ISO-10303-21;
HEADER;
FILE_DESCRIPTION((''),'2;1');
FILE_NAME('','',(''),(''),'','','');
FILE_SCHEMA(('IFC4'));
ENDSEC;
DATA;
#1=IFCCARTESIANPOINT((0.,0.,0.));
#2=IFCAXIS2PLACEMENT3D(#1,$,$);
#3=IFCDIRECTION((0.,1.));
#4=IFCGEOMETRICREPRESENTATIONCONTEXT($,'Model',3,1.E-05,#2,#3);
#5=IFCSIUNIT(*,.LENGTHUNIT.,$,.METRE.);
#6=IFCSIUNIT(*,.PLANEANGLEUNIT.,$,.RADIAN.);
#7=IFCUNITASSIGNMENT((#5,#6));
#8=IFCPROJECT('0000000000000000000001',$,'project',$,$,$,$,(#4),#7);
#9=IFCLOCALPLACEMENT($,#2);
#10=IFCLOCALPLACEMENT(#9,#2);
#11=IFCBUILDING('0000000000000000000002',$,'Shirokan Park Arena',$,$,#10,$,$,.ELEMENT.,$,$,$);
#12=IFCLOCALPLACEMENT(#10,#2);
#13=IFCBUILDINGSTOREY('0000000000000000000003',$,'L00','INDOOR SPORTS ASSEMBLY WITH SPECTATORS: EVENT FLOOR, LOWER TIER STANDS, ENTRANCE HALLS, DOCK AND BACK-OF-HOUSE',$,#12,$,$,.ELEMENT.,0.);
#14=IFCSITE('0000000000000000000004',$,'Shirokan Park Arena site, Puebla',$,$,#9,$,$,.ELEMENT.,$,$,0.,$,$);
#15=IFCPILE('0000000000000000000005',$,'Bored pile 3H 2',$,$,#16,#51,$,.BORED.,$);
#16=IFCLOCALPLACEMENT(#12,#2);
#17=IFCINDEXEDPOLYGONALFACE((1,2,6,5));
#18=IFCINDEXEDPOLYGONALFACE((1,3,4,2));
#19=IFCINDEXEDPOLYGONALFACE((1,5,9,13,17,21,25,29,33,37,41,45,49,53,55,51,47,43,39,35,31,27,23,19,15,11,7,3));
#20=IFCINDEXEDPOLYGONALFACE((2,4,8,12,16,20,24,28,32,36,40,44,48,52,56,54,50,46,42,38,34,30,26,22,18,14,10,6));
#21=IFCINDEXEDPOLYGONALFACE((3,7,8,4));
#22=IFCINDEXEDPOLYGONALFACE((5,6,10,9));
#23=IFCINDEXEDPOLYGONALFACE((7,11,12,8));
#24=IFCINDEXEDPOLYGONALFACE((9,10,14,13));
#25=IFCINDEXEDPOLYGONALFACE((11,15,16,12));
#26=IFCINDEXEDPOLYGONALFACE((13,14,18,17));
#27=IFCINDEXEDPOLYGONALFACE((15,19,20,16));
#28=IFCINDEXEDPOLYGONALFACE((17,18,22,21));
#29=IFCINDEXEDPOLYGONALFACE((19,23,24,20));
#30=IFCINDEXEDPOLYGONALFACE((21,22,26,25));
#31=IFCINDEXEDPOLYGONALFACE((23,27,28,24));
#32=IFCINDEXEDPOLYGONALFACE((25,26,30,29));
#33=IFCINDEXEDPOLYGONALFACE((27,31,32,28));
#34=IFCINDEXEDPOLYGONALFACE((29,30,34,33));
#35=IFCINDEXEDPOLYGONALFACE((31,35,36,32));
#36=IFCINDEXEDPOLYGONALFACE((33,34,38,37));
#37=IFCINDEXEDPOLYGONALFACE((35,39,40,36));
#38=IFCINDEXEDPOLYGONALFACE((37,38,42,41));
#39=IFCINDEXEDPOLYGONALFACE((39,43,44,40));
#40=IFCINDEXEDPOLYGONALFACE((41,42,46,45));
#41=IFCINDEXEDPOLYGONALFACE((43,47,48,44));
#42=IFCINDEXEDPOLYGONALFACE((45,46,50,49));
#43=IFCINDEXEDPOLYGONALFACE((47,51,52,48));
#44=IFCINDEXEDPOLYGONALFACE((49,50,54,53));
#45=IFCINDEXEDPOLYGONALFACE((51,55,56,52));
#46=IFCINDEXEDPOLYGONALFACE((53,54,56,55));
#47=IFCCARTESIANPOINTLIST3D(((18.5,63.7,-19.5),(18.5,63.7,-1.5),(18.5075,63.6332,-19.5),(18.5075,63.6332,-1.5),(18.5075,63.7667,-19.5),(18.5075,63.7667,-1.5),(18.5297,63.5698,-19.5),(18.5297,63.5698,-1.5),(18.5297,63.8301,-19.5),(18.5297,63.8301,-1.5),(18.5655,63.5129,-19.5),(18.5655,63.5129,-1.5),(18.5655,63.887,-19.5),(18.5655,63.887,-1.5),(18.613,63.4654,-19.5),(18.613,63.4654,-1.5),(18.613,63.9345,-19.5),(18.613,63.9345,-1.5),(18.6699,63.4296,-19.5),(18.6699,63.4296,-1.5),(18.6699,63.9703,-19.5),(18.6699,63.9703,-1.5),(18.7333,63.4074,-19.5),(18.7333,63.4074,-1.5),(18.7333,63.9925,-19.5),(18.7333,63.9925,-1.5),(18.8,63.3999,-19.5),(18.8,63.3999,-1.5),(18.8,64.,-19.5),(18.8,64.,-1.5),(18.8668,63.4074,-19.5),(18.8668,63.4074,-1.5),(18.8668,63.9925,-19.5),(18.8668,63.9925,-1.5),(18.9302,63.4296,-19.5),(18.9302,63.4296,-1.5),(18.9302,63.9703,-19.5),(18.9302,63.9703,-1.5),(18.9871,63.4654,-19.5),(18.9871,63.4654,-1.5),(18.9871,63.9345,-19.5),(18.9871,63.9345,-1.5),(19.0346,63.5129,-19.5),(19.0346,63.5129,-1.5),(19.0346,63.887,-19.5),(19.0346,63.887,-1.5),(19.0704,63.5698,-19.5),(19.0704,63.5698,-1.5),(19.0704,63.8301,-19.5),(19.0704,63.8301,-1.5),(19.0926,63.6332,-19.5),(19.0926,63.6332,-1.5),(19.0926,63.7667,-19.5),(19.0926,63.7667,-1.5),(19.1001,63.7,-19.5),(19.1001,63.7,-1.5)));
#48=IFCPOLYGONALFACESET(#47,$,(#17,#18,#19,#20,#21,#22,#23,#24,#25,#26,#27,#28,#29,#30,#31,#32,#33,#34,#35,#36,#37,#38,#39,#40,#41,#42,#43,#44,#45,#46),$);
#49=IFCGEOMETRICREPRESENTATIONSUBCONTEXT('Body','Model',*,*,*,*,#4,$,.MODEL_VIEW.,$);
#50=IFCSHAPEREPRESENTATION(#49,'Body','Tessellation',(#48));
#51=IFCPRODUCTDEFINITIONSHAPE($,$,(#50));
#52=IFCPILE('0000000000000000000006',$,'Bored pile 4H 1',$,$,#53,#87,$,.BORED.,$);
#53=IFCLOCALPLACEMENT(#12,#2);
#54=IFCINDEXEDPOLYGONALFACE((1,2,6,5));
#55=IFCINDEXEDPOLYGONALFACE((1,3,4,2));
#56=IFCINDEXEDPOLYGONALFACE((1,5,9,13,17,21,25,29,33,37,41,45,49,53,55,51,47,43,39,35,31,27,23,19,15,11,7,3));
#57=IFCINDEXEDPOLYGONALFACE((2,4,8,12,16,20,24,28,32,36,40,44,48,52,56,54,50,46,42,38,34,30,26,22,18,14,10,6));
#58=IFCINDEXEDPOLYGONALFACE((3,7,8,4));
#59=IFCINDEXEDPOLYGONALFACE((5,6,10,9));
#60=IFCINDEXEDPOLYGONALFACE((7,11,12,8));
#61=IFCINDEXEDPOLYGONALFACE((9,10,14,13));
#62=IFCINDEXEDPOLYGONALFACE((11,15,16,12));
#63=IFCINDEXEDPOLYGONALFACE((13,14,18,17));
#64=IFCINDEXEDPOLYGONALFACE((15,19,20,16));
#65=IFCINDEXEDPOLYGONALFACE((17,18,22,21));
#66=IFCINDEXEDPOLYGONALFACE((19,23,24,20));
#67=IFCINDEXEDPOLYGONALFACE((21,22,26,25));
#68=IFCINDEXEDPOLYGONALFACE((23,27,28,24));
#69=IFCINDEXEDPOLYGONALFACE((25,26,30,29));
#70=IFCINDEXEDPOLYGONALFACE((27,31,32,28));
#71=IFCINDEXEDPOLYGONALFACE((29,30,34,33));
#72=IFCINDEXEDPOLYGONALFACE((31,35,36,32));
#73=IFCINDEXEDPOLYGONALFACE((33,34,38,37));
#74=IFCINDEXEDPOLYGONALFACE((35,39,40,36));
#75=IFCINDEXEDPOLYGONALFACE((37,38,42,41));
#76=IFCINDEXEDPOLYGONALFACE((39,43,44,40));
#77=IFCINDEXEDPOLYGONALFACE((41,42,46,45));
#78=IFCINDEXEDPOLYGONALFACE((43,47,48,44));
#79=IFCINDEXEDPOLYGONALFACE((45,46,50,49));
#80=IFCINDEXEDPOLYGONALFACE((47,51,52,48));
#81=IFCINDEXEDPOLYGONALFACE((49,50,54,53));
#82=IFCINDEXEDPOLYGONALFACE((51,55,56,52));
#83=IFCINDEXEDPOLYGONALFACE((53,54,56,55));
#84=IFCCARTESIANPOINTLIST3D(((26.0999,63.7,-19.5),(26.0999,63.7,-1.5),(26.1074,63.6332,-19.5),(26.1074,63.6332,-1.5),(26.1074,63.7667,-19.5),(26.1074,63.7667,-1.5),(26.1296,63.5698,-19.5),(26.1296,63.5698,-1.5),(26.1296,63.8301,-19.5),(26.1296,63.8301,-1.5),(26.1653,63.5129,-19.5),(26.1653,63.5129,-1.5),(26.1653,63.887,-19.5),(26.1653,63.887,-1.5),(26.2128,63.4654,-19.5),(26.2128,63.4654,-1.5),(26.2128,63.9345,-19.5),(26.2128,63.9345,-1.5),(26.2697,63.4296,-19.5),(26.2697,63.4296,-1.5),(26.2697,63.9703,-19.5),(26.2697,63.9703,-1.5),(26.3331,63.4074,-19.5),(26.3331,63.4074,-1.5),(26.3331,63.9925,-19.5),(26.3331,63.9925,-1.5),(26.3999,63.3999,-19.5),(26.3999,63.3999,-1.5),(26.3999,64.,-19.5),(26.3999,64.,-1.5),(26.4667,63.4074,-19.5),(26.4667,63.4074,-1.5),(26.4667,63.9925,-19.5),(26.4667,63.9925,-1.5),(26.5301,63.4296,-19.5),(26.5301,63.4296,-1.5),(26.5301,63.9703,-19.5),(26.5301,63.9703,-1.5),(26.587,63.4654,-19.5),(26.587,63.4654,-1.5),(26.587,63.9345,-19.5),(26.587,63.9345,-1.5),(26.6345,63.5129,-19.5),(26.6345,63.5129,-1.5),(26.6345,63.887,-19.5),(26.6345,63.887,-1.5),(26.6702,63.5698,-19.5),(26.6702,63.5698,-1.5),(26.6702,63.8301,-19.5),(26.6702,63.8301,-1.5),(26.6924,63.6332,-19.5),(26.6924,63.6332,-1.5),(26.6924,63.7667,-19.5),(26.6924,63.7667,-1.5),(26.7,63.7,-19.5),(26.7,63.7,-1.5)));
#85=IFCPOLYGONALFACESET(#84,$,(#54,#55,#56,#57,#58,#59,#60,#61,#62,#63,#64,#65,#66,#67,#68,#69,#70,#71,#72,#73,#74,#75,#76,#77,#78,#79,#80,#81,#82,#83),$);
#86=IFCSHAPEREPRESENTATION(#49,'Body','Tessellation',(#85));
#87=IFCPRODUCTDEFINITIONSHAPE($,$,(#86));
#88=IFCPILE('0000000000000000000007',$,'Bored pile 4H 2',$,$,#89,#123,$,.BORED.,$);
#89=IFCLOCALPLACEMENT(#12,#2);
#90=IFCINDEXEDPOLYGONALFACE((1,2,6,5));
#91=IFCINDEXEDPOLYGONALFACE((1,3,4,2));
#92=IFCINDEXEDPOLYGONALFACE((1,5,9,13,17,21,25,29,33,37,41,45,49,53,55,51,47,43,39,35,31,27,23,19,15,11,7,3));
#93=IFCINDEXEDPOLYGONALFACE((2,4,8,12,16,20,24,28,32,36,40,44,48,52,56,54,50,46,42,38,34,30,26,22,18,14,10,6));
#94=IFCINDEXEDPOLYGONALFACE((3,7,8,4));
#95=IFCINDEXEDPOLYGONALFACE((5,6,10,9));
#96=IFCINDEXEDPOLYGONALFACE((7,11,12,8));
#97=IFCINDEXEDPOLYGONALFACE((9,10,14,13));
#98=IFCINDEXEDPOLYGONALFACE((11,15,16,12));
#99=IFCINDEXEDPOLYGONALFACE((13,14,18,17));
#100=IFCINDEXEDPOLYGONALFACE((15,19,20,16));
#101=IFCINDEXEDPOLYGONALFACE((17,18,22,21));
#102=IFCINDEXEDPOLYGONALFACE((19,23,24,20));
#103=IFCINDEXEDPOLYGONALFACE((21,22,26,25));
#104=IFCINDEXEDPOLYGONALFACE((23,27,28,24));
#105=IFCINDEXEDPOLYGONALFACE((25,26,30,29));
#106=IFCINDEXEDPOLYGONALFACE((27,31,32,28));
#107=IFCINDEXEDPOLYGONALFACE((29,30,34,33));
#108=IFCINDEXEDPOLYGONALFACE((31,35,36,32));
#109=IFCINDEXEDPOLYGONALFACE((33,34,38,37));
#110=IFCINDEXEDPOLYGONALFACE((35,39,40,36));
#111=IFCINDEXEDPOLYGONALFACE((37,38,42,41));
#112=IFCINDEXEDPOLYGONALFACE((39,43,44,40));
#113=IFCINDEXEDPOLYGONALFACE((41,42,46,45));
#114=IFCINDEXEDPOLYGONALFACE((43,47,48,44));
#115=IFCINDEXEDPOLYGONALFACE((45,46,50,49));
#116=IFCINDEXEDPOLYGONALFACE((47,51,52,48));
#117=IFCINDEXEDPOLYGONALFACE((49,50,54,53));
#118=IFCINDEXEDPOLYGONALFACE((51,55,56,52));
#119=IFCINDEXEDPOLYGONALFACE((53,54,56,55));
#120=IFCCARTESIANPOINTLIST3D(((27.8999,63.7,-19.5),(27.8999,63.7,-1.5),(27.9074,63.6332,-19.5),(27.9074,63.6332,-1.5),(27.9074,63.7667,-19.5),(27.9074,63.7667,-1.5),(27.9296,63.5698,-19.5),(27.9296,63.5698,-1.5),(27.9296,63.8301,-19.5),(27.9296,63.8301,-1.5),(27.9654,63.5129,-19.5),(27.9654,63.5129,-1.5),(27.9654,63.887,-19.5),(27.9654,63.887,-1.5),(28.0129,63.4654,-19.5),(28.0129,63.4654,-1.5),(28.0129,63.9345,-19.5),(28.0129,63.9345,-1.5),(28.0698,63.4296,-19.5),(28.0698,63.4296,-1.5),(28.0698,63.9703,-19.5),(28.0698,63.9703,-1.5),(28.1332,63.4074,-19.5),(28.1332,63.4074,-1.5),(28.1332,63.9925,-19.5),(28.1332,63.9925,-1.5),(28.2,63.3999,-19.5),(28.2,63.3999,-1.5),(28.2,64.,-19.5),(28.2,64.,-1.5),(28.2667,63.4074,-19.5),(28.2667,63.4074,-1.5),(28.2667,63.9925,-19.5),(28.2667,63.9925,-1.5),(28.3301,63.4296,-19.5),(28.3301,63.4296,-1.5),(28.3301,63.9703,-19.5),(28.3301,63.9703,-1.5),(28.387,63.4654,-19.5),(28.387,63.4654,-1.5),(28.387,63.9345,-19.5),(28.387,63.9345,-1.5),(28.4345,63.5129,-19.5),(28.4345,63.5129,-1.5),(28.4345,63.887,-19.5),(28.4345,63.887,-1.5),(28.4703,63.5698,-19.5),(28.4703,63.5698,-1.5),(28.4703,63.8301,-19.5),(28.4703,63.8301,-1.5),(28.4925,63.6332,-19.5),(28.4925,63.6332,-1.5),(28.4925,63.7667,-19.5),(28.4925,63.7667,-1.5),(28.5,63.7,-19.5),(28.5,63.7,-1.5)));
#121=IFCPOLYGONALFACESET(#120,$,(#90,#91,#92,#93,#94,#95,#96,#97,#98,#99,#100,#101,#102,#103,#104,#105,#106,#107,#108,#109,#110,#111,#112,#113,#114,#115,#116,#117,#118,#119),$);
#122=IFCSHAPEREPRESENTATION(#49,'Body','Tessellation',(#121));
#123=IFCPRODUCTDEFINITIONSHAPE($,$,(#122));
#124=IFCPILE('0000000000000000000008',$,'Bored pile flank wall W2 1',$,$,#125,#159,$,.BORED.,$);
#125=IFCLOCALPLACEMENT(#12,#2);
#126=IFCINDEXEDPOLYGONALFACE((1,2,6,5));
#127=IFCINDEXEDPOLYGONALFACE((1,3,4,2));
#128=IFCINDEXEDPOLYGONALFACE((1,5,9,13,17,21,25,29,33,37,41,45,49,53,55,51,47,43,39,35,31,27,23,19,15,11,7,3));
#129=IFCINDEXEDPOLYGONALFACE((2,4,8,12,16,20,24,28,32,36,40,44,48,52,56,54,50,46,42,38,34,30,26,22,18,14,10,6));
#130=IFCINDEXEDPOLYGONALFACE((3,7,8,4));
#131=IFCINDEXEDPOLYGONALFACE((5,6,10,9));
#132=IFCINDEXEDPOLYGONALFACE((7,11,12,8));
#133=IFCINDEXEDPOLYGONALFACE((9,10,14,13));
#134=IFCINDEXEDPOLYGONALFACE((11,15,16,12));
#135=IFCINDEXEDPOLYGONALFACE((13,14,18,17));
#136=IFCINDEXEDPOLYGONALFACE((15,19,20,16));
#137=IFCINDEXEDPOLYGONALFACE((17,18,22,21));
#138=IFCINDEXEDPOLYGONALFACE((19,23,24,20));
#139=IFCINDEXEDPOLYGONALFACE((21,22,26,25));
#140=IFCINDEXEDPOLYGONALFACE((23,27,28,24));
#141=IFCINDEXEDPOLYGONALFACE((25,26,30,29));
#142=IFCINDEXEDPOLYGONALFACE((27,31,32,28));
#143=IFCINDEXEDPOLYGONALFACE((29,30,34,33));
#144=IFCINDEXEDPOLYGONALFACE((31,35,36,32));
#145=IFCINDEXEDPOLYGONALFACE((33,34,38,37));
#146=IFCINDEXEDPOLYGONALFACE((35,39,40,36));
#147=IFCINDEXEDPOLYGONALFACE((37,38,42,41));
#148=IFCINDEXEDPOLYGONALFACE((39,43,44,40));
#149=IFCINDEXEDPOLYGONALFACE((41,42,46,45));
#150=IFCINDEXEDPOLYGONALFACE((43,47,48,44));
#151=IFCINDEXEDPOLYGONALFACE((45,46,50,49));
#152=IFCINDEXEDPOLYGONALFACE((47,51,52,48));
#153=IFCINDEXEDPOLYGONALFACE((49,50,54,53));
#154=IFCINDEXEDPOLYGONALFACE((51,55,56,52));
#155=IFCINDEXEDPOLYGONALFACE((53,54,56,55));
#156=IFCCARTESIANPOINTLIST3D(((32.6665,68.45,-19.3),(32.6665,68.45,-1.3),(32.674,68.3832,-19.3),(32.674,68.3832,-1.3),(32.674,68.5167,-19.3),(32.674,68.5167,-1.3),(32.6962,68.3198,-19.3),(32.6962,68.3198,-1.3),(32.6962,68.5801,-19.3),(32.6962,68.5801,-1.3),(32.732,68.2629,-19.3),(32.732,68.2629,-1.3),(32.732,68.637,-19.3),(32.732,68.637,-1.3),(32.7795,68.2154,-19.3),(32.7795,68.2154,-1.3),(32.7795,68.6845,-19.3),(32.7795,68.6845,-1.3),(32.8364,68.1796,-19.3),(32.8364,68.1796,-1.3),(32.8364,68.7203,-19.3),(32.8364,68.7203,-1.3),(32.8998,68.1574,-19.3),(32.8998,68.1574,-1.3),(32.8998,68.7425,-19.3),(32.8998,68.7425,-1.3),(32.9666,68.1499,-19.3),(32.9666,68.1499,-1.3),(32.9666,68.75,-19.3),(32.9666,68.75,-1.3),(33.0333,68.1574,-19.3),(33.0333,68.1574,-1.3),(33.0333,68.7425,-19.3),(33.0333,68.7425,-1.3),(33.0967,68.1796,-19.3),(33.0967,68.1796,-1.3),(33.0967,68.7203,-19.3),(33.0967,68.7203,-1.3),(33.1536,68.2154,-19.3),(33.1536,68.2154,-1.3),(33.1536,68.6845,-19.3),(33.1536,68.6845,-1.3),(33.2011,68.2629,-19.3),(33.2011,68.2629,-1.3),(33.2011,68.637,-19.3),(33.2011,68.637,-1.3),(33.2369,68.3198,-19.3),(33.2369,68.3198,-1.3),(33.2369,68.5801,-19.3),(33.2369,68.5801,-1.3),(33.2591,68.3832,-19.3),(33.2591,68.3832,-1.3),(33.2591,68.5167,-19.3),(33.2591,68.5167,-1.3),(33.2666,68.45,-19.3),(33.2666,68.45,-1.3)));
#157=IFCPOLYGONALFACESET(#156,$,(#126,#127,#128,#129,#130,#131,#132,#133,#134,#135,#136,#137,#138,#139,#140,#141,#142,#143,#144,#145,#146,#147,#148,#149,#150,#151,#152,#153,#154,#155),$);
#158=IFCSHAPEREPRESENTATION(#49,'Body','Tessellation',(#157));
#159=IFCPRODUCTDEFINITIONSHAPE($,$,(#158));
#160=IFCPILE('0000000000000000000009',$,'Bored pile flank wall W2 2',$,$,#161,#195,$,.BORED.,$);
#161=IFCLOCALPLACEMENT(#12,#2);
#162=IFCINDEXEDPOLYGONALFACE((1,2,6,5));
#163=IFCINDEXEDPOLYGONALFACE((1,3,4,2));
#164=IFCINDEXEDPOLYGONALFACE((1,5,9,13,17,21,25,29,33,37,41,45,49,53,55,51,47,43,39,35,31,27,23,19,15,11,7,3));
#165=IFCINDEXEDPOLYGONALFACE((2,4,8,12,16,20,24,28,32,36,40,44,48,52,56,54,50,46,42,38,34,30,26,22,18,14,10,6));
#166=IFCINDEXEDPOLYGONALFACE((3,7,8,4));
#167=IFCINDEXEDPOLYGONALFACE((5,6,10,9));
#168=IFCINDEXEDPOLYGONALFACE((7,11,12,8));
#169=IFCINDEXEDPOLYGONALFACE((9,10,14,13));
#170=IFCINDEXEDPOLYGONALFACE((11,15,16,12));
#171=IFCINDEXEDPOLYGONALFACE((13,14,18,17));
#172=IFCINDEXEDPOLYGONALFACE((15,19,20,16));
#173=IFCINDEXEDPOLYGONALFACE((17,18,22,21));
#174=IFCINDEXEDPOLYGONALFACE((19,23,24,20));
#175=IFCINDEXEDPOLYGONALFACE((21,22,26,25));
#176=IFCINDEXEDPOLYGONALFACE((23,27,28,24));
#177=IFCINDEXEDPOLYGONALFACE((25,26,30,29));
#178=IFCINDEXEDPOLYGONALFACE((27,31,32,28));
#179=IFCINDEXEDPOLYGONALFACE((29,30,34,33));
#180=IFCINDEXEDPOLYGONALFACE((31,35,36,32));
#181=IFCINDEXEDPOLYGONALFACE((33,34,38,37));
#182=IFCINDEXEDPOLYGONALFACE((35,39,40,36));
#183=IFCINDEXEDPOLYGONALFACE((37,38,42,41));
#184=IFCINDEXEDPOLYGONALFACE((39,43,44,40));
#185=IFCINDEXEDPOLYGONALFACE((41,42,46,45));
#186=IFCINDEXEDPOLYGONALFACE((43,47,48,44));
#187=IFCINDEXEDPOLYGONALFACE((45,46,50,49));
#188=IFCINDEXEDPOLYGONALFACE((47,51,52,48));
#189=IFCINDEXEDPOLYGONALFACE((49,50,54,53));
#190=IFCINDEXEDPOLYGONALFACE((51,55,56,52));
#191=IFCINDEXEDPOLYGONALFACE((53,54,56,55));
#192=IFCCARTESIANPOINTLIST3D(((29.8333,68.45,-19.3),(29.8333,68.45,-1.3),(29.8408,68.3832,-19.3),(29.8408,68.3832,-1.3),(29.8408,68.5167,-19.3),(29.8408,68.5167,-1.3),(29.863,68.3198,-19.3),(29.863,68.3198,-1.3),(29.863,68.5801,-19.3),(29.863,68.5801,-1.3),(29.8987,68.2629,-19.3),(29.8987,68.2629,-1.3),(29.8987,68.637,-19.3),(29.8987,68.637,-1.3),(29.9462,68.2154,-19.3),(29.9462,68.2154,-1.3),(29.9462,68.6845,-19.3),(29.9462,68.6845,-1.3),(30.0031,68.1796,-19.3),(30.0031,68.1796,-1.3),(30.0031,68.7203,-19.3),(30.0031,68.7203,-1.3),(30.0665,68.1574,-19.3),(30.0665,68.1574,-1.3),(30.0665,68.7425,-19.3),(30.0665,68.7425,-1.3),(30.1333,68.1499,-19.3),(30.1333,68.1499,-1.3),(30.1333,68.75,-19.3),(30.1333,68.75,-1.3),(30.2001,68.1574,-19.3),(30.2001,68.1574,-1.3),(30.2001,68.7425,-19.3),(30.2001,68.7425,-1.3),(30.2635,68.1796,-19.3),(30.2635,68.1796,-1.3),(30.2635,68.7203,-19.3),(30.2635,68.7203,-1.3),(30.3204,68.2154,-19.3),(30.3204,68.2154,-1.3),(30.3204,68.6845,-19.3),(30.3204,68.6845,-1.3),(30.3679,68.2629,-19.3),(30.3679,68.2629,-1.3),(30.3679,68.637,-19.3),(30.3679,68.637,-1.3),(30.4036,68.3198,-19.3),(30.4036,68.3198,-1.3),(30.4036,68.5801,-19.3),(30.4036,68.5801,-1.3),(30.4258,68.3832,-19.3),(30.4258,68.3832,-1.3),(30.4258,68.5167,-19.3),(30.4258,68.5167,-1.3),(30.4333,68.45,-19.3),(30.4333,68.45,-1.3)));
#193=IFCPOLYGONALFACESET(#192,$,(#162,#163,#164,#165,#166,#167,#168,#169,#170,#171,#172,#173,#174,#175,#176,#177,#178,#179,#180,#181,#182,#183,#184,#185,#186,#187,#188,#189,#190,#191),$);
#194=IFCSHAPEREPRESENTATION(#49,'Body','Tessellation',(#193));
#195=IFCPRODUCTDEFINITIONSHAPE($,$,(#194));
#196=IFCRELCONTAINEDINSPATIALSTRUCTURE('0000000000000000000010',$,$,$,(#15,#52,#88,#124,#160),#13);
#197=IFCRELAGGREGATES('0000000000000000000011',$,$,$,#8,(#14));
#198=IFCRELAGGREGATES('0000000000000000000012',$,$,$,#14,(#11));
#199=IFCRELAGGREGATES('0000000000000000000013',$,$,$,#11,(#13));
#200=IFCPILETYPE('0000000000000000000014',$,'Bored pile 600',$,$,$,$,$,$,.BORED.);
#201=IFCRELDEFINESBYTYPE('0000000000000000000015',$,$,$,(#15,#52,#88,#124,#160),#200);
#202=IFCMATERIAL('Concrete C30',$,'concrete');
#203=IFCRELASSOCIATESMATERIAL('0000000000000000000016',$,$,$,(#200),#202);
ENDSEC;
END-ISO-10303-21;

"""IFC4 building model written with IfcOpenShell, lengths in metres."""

from ifc_helpers import new_model, si_unit, direction, frame, origin, origin_2d, place, context, subcontext, project, spatial, circle, extrude, material, material_profile, profile_set, type_object, element, save


model = new_model("IFC4")

# Units and contexts
model_context = context("Model", 3, precision=1e-05, world=origin(), true_north=direction((0.0, 1.0)))
body_context = subcontext(model_context, "Body", "Model", "MODEL_VIEW")
ifc_project = project(units=[si_unit("LENGTHUNIT", "METRE"), si_unit("PLANEANGLEUNIT", "RADIAN")], contexts=[model_context])

# Site, building, storey
site_placement = place(None, origin())
site = spatial("IfcSite", under=ifc_project, at=site_placement, Name="Shirokan Park Arena site, Puebla", CompositionType="ELEMENT", RefElevation=0.0)
building_placement = place(site_placement, origin())
building = spatial("IfcBuilding", under=site, at=building_placement, Name="Shirokan Park Arena", CompositionType="ELEMENT")
storey_placement = place(building_placement, origin())
storey = spatial("IfcBuildingStorey", under=building, at=storey_placement, Name="L00", Description="INDOOR SPORTS ASSEMBLY WITH SPECTATORS: EVENT FLOOR, LOWER TIER STANDS, ENTRANCE HALLS, DOCK AND BACK-OF-HOUSE", CompositionType="ELEMENT", Elevation=0.0)

# Piles
ifc_material_1 = material(Name="Concrete C30", Category="concrete")
ifc_material_profile_1 = material_profile(ifc_material_1, circle(Radius=0.3, at=origin_2d()), Name="D600")
ifc_profile_set_1 = profile_set([ifc_material_profile_1], Name="Concrete C30")
pile_type_1 = type_object("IfcPileType", Name="Bored pile 600", PredefinedType="BORED", material=ifc_profile_set_1)
for number, where, z_axis, x_axis, name in (
    (1, (18.8, 63.7, -1.5), (0.0, 0.0, -1.0), (1.0, 0.0, 0.0), "Bored pile 3H 2"),
    (2, (26.3999, 63.7, -1.5), (0.0, 0.0, -1.0), (1.0, 0.0, 0.0), "Bored pile 4H 1"),
    (3, (28.2, 63.7, -1.5), (0.0, 0.0, -1.0), (1.0, 0.0, 0.0), "Bored pile 4H 2"),
    (4, (32.9666, 68.45, -1.3), (0.0, 0.0, -1.0), (1.0, 0.0, 0.0), "Bored pile flank wall W2 1"),
    (5, (30.1333, 68.45, -1.3), (0.0, 0.0, -1.0), (1.0, 0.0, 0.0), "Bored pile flank wall W2 2"),
):
    element("IfcPile", number, at=place(storey_placement, frame(where, z_axis=z_axis, x_axis=x_axis)), inside=storey, type_object=pile_type_1, Name=name, PredefinedType="BORED", context=body_context, shape_type="SweptSolid", body=[
        extrude(circle(Radius=0.3, at=origin_2d()), origin(), (0.0, 0.0, 1.0), 18.0),
    ])

save(model, "model.ifc")
